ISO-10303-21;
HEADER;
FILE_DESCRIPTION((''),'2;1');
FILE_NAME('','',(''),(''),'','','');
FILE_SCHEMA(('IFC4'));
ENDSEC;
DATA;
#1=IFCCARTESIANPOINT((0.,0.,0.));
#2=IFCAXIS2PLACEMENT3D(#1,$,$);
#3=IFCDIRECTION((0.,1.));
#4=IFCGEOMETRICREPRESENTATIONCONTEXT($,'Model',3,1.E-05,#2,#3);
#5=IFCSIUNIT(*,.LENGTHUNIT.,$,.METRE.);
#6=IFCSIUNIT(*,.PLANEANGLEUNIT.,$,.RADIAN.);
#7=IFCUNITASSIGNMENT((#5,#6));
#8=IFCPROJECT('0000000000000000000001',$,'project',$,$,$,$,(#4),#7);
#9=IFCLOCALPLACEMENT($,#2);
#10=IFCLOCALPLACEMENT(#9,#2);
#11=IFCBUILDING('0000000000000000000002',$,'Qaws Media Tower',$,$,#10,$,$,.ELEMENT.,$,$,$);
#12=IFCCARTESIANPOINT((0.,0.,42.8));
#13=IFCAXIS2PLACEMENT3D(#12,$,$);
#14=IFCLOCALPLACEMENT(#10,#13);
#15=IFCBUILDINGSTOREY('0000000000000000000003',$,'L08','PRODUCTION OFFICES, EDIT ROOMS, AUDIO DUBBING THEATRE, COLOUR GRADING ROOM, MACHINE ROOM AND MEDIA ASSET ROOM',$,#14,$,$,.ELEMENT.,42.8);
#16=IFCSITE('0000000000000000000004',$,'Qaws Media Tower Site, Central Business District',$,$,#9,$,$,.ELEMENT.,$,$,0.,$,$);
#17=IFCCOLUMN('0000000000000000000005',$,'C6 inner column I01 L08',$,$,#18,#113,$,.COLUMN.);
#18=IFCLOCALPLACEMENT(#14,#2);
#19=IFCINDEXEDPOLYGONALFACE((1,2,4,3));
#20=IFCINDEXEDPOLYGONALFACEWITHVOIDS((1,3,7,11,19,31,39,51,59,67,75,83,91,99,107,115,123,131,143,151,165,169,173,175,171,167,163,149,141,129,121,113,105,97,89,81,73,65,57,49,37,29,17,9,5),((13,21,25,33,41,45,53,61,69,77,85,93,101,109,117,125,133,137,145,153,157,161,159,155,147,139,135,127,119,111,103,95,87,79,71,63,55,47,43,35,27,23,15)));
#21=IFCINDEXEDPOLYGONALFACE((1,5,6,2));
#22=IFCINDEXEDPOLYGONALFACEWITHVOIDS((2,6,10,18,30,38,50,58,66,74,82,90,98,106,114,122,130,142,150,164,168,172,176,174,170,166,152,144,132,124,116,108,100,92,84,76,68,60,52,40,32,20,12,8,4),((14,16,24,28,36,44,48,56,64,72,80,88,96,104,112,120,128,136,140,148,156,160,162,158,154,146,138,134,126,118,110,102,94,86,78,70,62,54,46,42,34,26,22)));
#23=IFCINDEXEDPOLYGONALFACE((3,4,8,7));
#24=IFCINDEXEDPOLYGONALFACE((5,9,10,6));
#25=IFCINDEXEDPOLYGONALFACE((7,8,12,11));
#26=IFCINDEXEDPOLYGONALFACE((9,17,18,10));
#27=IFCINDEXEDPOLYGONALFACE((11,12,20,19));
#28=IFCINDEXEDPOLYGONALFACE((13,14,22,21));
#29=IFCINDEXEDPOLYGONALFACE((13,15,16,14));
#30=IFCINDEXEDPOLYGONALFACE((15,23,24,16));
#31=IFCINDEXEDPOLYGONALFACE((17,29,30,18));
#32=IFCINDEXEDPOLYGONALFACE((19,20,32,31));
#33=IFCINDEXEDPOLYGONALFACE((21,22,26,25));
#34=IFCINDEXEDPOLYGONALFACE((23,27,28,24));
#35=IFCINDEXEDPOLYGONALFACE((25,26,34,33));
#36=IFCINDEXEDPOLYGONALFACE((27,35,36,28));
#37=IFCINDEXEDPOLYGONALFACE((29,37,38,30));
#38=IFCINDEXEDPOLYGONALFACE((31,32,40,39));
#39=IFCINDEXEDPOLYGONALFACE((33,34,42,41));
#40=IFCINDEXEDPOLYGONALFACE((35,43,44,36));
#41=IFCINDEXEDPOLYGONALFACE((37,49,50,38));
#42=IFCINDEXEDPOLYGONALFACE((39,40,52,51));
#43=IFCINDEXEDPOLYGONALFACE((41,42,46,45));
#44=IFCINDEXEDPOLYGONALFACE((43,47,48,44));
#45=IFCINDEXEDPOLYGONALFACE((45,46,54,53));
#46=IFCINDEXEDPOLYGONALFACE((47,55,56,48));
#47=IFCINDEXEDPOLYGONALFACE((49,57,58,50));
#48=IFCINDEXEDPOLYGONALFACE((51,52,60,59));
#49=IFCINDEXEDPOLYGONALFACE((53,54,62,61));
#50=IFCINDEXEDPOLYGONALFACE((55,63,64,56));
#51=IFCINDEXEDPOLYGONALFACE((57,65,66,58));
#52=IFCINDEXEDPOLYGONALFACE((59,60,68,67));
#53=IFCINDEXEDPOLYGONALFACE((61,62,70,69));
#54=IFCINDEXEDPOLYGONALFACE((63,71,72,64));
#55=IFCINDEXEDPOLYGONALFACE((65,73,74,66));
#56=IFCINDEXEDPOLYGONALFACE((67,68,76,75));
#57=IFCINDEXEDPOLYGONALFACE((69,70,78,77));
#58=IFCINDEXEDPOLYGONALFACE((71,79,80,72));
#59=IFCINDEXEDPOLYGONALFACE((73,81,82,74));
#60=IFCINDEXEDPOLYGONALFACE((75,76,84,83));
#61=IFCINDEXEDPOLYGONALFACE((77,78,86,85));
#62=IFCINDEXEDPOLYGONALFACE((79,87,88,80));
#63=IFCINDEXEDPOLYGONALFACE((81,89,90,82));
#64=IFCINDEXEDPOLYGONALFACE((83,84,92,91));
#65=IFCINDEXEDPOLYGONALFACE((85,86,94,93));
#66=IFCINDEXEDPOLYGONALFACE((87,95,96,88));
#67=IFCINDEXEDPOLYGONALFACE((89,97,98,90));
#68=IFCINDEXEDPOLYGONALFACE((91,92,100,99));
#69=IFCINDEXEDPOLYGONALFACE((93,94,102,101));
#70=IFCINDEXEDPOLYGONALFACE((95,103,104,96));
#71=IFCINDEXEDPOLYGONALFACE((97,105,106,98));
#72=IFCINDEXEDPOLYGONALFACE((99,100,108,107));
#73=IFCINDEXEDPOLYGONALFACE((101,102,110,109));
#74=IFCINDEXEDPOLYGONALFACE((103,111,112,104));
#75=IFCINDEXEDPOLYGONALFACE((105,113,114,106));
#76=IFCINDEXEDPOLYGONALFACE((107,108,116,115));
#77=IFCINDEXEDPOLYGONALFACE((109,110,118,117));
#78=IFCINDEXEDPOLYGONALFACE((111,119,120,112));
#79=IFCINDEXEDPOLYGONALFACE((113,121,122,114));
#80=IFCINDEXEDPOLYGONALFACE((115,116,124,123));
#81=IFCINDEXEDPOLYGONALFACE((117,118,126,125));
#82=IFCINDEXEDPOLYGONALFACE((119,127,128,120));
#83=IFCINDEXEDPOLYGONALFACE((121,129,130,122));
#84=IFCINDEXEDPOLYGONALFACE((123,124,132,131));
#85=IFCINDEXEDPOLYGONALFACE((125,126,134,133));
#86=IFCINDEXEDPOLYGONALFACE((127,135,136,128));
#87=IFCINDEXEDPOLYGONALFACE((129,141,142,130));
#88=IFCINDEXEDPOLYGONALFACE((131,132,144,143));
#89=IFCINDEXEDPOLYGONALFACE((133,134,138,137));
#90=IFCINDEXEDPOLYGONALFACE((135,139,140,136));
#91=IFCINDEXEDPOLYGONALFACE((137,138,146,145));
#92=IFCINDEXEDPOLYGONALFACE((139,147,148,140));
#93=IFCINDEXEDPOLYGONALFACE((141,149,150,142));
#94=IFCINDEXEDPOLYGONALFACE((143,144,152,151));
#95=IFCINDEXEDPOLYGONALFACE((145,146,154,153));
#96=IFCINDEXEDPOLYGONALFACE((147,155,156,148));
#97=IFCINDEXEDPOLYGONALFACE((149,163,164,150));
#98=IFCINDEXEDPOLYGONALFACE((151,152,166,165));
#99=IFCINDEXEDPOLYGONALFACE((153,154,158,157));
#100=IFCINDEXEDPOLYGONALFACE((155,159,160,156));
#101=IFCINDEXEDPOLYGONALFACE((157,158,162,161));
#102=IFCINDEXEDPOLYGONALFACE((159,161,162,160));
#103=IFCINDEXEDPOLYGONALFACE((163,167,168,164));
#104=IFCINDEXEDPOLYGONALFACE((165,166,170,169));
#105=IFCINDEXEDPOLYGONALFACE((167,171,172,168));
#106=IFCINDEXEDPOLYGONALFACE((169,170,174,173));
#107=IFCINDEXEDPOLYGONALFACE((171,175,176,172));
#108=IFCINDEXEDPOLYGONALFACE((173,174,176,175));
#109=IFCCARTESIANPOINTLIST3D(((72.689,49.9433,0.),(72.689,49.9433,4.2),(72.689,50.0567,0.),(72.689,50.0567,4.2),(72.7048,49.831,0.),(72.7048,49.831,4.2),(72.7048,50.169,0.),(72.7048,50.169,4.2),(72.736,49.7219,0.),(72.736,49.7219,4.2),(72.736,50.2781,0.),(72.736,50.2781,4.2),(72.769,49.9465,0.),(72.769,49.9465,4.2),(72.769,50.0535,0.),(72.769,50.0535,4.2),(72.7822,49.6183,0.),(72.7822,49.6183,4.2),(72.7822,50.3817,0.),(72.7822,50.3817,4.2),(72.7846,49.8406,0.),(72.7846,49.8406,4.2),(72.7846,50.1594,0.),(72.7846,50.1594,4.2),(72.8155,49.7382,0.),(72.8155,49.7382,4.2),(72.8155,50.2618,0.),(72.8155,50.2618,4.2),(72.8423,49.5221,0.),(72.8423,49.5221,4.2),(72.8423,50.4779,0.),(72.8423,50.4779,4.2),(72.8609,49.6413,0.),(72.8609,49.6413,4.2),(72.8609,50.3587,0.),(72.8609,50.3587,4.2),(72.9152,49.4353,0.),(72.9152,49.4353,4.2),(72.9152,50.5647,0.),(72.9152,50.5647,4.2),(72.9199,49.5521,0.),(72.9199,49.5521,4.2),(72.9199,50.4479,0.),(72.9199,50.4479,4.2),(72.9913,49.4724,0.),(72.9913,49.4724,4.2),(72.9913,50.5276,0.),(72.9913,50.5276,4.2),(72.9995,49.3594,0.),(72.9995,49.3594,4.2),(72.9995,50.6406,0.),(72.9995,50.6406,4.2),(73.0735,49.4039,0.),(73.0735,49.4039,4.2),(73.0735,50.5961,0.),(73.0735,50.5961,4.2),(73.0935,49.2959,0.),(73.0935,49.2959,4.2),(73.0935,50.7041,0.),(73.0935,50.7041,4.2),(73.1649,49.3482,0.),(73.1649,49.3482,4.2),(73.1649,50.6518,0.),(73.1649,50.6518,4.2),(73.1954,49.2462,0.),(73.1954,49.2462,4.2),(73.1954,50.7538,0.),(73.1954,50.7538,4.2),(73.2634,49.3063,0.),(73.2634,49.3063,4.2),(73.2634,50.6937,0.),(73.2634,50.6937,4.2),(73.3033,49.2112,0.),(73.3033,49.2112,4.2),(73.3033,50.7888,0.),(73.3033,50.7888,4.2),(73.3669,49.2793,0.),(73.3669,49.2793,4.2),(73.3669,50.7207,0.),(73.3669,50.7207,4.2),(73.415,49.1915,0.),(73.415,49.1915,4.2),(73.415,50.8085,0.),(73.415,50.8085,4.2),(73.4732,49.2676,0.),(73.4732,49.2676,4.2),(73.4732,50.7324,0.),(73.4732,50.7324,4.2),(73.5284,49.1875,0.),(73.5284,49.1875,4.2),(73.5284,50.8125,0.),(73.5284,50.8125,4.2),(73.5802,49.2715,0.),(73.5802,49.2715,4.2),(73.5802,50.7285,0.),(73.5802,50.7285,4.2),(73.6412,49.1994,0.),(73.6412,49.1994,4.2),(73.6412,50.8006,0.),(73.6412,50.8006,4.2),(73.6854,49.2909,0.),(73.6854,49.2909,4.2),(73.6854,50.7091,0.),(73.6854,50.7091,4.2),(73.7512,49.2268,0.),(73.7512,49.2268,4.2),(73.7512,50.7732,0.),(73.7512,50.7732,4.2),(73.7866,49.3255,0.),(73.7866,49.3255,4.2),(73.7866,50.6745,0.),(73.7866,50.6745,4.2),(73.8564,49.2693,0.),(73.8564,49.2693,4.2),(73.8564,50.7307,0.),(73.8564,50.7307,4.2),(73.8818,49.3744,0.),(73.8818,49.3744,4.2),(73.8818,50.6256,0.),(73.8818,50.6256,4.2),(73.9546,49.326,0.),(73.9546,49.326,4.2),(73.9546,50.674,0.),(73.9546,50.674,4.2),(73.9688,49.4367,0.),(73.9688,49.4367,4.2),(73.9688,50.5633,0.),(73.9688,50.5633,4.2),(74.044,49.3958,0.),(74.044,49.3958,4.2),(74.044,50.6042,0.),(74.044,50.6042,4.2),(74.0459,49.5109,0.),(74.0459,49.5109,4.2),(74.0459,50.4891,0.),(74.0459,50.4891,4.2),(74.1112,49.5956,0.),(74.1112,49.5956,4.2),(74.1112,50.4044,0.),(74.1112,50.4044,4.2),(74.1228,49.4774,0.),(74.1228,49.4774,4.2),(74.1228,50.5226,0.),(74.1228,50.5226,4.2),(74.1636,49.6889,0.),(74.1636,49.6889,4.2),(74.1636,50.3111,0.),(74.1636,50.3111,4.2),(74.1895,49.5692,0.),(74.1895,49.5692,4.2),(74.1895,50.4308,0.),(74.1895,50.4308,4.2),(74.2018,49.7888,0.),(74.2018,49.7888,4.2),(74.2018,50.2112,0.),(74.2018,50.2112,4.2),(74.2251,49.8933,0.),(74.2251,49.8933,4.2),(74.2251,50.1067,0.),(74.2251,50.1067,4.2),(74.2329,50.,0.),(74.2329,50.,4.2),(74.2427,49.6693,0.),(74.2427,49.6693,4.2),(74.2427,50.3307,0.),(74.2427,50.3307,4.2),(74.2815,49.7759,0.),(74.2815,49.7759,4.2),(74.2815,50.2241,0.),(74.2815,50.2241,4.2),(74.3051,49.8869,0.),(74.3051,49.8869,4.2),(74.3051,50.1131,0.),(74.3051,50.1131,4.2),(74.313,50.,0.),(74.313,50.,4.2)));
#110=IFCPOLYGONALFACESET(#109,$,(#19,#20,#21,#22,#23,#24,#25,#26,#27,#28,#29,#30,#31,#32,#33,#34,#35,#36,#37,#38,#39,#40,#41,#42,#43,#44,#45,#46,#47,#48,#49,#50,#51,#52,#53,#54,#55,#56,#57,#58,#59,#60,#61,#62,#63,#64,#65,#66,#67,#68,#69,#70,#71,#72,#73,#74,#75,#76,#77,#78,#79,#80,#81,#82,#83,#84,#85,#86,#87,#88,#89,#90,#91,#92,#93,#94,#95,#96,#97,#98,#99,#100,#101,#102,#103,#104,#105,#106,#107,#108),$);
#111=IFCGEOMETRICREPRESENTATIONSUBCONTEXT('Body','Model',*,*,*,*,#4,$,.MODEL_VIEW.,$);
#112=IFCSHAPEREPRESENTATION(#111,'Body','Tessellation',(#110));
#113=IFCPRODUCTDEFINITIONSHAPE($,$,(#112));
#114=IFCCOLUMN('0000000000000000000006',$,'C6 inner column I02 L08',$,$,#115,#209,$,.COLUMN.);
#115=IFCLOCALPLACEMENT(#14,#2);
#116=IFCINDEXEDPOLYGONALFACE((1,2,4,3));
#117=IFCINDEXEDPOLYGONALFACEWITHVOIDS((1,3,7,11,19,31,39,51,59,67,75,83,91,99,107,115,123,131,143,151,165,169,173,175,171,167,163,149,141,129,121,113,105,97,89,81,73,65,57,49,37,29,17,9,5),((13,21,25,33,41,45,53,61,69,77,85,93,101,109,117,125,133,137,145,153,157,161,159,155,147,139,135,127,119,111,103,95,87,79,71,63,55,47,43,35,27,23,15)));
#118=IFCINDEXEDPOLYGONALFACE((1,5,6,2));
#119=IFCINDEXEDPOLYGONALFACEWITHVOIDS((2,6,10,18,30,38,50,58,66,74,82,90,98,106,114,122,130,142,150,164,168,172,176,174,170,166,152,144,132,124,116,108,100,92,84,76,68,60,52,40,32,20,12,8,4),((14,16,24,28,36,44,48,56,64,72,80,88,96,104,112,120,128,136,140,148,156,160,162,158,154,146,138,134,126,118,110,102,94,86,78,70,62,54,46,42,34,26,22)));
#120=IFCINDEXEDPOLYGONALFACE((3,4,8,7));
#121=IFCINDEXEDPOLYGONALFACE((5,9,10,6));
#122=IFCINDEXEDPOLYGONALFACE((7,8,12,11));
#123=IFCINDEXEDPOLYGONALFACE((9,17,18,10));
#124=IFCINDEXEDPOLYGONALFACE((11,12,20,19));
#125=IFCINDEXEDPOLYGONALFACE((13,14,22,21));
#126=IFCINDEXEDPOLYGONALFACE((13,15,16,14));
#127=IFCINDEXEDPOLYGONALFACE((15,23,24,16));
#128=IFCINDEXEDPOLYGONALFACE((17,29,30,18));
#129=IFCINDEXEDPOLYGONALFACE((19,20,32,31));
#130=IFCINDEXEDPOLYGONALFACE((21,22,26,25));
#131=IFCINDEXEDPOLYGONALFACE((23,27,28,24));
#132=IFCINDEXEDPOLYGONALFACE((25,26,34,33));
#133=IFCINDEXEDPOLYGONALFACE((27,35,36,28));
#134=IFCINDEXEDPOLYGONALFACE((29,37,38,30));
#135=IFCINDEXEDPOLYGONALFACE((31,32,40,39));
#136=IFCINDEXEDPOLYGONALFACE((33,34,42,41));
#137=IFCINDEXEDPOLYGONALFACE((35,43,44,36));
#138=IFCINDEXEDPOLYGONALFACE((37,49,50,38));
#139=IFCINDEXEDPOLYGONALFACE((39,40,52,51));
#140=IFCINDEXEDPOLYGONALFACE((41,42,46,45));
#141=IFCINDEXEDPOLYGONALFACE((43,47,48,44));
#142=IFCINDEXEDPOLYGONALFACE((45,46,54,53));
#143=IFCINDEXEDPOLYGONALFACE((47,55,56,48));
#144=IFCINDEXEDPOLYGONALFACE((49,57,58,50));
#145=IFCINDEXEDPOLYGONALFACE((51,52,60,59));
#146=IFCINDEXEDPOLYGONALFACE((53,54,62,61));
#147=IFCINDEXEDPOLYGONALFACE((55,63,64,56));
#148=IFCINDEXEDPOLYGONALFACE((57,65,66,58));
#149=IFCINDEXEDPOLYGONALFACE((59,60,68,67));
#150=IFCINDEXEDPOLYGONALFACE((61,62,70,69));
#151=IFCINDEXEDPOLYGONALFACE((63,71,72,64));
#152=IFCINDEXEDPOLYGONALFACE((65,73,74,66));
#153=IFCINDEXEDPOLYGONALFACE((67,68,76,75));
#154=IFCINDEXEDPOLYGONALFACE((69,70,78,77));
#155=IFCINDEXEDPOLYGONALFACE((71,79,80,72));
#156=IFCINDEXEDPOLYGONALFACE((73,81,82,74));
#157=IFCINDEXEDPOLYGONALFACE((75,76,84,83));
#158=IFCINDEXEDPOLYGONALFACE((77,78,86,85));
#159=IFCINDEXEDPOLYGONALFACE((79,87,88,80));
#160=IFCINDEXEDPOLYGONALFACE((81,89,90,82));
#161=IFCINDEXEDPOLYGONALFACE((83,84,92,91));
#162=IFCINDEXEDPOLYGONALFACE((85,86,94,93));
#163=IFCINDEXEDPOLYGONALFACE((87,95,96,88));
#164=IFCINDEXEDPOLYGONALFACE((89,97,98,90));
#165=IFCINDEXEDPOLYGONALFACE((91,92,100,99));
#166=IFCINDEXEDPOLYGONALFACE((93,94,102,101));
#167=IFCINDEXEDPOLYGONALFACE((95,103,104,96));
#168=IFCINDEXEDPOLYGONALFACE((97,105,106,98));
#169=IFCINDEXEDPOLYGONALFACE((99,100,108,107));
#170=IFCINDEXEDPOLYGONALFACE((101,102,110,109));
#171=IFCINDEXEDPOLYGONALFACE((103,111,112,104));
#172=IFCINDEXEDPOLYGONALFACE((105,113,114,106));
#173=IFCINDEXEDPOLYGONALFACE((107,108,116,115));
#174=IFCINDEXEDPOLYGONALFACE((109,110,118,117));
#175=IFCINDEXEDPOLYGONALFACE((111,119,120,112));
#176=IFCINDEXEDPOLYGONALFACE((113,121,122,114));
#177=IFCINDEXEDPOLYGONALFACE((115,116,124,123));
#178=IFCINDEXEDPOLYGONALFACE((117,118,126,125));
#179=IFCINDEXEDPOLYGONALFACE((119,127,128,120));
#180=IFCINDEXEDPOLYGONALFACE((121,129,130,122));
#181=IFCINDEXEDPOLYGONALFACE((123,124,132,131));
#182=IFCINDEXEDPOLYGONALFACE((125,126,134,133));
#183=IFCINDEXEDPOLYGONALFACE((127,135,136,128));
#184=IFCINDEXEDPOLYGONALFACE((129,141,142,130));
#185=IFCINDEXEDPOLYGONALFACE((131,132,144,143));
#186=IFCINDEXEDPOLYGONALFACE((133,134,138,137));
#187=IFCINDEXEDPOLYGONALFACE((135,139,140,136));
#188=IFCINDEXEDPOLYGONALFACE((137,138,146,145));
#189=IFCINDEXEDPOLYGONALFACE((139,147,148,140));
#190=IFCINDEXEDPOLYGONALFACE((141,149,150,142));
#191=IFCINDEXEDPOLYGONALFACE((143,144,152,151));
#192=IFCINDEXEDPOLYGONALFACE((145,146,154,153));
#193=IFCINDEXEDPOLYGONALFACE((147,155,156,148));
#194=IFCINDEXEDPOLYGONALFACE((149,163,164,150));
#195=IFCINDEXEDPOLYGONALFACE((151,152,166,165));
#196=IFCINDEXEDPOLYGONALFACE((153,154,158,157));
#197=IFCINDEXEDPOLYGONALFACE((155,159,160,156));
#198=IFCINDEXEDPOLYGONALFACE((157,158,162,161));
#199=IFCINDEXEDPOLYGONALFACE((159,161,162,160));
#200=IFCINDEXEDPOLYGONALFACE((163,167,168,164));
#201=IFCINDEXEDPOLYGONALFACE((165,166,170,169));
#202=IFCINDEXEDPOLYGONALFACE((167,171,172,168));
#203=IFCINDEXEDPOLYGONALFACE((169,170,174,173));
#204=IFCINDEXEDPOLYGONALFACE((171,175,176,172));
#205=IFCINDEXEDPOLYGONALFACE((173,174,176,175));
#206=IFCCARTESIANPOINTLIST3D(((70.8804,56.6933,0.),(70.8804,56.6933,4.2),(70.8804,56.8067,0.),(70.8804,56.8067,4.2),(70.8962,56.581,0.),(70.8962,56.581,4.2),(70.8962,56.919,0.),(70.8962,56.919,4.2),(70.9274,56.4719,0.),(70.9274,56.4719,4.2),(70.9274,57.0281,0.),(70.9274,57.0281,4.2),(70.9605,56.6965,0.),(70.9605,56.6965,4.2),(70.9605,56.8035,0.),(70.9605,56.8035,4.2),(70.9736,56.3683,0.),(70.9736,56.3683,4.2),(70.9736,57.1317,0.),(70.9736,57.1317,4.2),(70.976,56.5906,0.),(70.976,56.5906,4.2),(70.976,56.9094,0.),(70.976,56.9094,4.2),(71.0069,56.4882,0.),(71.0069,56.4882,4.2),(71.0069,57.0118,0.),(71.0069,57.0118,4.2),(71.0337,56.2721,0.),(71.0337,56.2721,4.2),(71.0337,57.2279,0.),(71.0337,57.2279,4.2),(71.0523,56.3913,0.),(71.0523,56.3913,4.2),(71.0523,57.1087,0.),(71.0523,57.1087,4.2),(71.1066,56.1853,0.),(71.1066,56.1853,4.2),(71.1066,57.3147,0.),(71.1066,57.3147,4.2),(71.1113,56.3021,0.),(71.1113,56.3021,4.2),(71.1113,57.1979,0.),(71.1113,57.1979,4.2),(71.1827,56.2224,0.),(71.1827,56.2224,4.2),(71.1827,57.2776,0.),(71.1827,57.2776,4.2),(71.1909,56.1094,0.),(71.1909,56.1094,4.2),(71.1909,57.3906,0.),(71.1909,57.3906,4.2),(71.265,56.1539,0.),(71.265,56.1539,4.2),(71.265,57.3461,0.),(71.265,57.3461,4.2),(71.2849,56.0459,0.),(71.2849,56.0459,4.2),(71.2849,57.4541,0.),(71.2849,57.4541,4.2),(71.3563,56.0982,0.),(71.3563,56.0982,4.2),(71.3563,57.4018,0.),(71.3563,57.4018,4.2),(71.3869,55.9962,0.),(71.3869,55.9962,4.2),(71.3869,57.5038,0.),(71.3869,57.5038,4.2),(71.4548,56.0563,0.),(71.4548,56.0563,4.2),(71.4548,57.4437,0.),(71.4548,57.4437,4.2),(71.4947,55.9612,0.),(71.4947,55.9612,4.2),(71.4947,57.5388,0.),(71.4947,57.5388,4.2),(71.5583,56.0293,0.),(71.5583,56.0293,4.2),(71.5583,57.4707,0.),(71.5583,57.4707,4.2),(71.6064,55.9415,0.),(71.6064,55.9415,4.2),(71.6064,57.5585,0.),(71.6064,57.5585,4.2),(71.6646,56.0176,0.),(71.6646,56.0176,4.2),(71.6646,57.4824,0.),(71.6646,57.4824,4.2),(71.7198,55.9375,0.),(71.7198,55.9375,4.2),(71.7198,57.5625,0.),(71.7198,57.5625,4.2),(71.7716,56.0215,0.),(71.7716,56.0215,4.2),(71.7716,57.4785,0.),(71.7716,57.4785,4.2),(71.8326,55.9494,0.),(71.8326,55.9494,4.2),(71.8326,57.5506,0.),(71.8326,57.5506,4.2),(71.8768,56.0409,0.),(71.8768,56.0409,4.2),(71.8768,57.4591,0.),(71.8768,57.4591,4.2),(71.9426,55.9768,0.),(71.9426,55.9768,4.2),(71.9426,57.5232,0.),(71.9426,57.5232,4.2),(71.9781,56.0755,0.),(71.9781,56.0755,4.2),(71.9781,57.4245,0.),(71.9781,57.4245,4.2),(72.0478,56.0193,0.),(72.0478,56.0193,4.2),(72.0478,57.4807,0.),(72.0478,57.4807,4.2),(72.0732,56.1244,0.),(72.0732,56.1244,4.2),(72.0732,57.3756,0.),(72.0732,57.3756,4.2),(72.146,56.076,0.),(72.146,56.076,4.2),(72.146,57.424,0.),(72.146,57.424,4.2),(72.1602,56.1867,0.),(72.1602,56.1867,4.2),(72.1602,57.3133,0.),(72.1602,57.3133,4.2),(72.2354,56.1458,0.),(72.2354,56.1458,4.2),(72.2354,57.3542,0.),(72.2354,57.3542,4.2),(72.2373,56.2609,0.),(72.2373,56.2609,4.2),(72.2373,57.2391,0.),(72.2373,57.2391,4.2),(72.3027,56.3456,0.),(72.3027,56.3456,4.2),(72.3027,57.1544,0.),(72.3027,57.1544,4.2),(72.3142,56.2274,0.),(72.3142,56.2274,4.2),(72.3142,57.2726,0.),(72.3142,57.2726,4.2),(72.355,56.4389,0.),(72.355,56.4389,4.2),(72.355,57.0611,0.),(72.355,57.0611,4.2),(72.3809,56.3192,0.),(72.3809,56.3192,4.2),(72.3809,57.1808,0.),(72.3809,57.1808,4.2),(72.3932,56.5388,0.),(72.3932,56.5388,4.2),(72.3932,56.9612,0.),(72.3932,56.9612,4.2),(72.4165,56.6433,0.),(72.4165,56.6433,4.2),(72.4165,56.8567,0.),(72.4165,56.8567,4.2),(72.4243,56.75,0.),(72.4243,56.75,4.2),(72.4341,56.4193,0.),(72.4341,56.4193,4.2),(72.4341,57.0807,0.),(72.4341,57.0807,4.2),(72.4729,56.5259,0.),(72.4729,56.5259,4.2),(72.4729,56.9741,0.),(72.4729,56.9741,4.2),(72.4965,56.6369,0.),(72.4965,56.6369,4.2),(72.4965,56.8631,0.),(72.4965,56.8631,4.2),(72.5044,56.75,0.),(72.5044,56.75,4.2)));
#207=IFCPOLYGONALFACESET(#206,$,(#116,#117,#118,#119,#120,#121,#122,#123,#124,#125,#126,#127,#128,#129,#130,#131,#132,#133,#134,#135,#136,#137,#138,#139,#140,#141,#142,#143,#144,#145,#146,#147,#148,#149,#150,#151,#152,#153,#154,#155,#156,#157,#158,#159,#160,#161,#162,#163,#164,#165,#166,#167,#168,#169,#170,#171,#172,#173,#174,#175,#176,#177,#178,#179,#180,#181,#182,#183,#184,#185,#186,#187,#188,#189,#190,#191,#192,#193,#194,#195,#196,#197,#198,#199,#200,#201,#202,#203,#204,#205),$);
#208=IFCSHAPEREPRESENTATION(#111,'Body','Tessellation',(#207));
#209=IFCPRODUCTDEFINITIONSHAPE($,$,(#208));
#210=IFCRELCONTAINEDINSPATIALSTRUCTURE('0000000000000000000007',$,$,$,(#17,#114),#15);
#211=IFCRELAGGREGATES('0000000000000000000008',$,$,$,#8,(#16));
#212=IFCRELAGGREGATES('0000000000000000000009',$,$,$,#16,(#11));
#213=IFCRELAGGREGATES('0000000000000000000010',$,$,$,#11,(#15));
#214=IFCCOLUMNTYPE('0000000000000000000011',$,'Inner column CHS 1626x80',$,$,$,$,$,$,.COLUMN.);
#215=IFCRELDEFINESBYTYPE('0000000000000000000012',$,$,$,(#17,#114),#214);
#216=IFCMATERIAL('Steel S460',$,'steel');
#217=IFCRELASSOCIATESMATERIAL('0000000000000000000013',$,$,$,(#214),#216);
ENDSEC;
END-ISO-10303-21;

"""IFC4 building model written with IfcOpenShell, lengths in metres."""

from ifc_helpers import new_model, si_unit, direction, frame, origin, origin_2d, place, context, subcontext, project, spatial, hollow_circle, extrude, material, material_profile, profile_set, type_object, element, save


model = new_model("IFC4")

# Units and contexts
model_context = context("Model", 3, precision=1e-05, world=origin(), true_north=direction((0.0, 1.0)))
body_context = subcontext(model_context, "Body", "Model", "MODEL_VIEW")
ifc_project = project(units=[si_unit("LENGTHUNIT", "METRE"), si_unit("PLANEANGLEUNIT", "RADIAN")], contexts=[model_context])

# Site, building, storey
site_placement = place(None, origin())
site = spatial("IfcSite", under=ifc_project, at=site_placement, Name="Qaws Media Tower Site, Central Business District", CompositionType="ELEMENT", RefElevation=0.0)
building_placement = place(site_placement, origin())
building = spatial("IfcBuilding", under=site, at=building_placement, Name="Qaws Media Tower", CompositionType="ELEMENT")
storey_placement = place(building_placement, frame((0.0, 0.0, 42.8)))
storey = spatial("IfcBuildingStorey", under=building, at=storey_placement, Name="L08", Description="PRODUCTION OFFICES, EDIT ROOMS, AUDIO DUBBING THEATRE, COLOUR GRADING ROOM, MACHINE ROOM AND MEDIA ASSET ROOM", CompositionType="ELEMENT", Elevation=42.8)

# Columns
ifc_material_1 = material(Name="Steel S460", Category="steel")
ifc_material_profile_1 = material_profile(ifc_material_1, hollow_circle(Radius=0.813, WallThickness=0.0801, at=origin_2d()), Name="CHS 1626x80")
ifc_profile_set_1 = profile_set([ifc_material_profile_1], Name="Steel S460")
column_type = type_object("IfcColumnType", Name="Inner column CHS 1626x80", PredefinedType="COLUMN", material=ifc_profile_set_1)
for number, where, z_axis, x_axis, name in (
    (1, (73.5, 50.0, 0.0), (0.0, 0.0, 1.0), (1.0, 0.0, 0.0), "C6 inner column I01 L08"),
    (2, (71.6914, 56.75, 0.0), (0.0, 0.0, 1.0), (1.0, 0.0, 0.0), "C6 inner column I02 L08"),
):
    element("IfcColumn", number, at=place(storey_placement, frame(where, z_axis=z_axis, x_axis=x_axis)), inside=storey, type_object=column_type, Name=name, PredefinedType="COLUMN", context=body_context, shape_type="SweptSolid", body=[
        extrude(hollow_circle(Radius=0.813, WallThickness=0.0801, at=origin_2d()), origin(), (0.0, 0.0, 1.0), 4.2),
    ])

save(model, "model.ifc")
